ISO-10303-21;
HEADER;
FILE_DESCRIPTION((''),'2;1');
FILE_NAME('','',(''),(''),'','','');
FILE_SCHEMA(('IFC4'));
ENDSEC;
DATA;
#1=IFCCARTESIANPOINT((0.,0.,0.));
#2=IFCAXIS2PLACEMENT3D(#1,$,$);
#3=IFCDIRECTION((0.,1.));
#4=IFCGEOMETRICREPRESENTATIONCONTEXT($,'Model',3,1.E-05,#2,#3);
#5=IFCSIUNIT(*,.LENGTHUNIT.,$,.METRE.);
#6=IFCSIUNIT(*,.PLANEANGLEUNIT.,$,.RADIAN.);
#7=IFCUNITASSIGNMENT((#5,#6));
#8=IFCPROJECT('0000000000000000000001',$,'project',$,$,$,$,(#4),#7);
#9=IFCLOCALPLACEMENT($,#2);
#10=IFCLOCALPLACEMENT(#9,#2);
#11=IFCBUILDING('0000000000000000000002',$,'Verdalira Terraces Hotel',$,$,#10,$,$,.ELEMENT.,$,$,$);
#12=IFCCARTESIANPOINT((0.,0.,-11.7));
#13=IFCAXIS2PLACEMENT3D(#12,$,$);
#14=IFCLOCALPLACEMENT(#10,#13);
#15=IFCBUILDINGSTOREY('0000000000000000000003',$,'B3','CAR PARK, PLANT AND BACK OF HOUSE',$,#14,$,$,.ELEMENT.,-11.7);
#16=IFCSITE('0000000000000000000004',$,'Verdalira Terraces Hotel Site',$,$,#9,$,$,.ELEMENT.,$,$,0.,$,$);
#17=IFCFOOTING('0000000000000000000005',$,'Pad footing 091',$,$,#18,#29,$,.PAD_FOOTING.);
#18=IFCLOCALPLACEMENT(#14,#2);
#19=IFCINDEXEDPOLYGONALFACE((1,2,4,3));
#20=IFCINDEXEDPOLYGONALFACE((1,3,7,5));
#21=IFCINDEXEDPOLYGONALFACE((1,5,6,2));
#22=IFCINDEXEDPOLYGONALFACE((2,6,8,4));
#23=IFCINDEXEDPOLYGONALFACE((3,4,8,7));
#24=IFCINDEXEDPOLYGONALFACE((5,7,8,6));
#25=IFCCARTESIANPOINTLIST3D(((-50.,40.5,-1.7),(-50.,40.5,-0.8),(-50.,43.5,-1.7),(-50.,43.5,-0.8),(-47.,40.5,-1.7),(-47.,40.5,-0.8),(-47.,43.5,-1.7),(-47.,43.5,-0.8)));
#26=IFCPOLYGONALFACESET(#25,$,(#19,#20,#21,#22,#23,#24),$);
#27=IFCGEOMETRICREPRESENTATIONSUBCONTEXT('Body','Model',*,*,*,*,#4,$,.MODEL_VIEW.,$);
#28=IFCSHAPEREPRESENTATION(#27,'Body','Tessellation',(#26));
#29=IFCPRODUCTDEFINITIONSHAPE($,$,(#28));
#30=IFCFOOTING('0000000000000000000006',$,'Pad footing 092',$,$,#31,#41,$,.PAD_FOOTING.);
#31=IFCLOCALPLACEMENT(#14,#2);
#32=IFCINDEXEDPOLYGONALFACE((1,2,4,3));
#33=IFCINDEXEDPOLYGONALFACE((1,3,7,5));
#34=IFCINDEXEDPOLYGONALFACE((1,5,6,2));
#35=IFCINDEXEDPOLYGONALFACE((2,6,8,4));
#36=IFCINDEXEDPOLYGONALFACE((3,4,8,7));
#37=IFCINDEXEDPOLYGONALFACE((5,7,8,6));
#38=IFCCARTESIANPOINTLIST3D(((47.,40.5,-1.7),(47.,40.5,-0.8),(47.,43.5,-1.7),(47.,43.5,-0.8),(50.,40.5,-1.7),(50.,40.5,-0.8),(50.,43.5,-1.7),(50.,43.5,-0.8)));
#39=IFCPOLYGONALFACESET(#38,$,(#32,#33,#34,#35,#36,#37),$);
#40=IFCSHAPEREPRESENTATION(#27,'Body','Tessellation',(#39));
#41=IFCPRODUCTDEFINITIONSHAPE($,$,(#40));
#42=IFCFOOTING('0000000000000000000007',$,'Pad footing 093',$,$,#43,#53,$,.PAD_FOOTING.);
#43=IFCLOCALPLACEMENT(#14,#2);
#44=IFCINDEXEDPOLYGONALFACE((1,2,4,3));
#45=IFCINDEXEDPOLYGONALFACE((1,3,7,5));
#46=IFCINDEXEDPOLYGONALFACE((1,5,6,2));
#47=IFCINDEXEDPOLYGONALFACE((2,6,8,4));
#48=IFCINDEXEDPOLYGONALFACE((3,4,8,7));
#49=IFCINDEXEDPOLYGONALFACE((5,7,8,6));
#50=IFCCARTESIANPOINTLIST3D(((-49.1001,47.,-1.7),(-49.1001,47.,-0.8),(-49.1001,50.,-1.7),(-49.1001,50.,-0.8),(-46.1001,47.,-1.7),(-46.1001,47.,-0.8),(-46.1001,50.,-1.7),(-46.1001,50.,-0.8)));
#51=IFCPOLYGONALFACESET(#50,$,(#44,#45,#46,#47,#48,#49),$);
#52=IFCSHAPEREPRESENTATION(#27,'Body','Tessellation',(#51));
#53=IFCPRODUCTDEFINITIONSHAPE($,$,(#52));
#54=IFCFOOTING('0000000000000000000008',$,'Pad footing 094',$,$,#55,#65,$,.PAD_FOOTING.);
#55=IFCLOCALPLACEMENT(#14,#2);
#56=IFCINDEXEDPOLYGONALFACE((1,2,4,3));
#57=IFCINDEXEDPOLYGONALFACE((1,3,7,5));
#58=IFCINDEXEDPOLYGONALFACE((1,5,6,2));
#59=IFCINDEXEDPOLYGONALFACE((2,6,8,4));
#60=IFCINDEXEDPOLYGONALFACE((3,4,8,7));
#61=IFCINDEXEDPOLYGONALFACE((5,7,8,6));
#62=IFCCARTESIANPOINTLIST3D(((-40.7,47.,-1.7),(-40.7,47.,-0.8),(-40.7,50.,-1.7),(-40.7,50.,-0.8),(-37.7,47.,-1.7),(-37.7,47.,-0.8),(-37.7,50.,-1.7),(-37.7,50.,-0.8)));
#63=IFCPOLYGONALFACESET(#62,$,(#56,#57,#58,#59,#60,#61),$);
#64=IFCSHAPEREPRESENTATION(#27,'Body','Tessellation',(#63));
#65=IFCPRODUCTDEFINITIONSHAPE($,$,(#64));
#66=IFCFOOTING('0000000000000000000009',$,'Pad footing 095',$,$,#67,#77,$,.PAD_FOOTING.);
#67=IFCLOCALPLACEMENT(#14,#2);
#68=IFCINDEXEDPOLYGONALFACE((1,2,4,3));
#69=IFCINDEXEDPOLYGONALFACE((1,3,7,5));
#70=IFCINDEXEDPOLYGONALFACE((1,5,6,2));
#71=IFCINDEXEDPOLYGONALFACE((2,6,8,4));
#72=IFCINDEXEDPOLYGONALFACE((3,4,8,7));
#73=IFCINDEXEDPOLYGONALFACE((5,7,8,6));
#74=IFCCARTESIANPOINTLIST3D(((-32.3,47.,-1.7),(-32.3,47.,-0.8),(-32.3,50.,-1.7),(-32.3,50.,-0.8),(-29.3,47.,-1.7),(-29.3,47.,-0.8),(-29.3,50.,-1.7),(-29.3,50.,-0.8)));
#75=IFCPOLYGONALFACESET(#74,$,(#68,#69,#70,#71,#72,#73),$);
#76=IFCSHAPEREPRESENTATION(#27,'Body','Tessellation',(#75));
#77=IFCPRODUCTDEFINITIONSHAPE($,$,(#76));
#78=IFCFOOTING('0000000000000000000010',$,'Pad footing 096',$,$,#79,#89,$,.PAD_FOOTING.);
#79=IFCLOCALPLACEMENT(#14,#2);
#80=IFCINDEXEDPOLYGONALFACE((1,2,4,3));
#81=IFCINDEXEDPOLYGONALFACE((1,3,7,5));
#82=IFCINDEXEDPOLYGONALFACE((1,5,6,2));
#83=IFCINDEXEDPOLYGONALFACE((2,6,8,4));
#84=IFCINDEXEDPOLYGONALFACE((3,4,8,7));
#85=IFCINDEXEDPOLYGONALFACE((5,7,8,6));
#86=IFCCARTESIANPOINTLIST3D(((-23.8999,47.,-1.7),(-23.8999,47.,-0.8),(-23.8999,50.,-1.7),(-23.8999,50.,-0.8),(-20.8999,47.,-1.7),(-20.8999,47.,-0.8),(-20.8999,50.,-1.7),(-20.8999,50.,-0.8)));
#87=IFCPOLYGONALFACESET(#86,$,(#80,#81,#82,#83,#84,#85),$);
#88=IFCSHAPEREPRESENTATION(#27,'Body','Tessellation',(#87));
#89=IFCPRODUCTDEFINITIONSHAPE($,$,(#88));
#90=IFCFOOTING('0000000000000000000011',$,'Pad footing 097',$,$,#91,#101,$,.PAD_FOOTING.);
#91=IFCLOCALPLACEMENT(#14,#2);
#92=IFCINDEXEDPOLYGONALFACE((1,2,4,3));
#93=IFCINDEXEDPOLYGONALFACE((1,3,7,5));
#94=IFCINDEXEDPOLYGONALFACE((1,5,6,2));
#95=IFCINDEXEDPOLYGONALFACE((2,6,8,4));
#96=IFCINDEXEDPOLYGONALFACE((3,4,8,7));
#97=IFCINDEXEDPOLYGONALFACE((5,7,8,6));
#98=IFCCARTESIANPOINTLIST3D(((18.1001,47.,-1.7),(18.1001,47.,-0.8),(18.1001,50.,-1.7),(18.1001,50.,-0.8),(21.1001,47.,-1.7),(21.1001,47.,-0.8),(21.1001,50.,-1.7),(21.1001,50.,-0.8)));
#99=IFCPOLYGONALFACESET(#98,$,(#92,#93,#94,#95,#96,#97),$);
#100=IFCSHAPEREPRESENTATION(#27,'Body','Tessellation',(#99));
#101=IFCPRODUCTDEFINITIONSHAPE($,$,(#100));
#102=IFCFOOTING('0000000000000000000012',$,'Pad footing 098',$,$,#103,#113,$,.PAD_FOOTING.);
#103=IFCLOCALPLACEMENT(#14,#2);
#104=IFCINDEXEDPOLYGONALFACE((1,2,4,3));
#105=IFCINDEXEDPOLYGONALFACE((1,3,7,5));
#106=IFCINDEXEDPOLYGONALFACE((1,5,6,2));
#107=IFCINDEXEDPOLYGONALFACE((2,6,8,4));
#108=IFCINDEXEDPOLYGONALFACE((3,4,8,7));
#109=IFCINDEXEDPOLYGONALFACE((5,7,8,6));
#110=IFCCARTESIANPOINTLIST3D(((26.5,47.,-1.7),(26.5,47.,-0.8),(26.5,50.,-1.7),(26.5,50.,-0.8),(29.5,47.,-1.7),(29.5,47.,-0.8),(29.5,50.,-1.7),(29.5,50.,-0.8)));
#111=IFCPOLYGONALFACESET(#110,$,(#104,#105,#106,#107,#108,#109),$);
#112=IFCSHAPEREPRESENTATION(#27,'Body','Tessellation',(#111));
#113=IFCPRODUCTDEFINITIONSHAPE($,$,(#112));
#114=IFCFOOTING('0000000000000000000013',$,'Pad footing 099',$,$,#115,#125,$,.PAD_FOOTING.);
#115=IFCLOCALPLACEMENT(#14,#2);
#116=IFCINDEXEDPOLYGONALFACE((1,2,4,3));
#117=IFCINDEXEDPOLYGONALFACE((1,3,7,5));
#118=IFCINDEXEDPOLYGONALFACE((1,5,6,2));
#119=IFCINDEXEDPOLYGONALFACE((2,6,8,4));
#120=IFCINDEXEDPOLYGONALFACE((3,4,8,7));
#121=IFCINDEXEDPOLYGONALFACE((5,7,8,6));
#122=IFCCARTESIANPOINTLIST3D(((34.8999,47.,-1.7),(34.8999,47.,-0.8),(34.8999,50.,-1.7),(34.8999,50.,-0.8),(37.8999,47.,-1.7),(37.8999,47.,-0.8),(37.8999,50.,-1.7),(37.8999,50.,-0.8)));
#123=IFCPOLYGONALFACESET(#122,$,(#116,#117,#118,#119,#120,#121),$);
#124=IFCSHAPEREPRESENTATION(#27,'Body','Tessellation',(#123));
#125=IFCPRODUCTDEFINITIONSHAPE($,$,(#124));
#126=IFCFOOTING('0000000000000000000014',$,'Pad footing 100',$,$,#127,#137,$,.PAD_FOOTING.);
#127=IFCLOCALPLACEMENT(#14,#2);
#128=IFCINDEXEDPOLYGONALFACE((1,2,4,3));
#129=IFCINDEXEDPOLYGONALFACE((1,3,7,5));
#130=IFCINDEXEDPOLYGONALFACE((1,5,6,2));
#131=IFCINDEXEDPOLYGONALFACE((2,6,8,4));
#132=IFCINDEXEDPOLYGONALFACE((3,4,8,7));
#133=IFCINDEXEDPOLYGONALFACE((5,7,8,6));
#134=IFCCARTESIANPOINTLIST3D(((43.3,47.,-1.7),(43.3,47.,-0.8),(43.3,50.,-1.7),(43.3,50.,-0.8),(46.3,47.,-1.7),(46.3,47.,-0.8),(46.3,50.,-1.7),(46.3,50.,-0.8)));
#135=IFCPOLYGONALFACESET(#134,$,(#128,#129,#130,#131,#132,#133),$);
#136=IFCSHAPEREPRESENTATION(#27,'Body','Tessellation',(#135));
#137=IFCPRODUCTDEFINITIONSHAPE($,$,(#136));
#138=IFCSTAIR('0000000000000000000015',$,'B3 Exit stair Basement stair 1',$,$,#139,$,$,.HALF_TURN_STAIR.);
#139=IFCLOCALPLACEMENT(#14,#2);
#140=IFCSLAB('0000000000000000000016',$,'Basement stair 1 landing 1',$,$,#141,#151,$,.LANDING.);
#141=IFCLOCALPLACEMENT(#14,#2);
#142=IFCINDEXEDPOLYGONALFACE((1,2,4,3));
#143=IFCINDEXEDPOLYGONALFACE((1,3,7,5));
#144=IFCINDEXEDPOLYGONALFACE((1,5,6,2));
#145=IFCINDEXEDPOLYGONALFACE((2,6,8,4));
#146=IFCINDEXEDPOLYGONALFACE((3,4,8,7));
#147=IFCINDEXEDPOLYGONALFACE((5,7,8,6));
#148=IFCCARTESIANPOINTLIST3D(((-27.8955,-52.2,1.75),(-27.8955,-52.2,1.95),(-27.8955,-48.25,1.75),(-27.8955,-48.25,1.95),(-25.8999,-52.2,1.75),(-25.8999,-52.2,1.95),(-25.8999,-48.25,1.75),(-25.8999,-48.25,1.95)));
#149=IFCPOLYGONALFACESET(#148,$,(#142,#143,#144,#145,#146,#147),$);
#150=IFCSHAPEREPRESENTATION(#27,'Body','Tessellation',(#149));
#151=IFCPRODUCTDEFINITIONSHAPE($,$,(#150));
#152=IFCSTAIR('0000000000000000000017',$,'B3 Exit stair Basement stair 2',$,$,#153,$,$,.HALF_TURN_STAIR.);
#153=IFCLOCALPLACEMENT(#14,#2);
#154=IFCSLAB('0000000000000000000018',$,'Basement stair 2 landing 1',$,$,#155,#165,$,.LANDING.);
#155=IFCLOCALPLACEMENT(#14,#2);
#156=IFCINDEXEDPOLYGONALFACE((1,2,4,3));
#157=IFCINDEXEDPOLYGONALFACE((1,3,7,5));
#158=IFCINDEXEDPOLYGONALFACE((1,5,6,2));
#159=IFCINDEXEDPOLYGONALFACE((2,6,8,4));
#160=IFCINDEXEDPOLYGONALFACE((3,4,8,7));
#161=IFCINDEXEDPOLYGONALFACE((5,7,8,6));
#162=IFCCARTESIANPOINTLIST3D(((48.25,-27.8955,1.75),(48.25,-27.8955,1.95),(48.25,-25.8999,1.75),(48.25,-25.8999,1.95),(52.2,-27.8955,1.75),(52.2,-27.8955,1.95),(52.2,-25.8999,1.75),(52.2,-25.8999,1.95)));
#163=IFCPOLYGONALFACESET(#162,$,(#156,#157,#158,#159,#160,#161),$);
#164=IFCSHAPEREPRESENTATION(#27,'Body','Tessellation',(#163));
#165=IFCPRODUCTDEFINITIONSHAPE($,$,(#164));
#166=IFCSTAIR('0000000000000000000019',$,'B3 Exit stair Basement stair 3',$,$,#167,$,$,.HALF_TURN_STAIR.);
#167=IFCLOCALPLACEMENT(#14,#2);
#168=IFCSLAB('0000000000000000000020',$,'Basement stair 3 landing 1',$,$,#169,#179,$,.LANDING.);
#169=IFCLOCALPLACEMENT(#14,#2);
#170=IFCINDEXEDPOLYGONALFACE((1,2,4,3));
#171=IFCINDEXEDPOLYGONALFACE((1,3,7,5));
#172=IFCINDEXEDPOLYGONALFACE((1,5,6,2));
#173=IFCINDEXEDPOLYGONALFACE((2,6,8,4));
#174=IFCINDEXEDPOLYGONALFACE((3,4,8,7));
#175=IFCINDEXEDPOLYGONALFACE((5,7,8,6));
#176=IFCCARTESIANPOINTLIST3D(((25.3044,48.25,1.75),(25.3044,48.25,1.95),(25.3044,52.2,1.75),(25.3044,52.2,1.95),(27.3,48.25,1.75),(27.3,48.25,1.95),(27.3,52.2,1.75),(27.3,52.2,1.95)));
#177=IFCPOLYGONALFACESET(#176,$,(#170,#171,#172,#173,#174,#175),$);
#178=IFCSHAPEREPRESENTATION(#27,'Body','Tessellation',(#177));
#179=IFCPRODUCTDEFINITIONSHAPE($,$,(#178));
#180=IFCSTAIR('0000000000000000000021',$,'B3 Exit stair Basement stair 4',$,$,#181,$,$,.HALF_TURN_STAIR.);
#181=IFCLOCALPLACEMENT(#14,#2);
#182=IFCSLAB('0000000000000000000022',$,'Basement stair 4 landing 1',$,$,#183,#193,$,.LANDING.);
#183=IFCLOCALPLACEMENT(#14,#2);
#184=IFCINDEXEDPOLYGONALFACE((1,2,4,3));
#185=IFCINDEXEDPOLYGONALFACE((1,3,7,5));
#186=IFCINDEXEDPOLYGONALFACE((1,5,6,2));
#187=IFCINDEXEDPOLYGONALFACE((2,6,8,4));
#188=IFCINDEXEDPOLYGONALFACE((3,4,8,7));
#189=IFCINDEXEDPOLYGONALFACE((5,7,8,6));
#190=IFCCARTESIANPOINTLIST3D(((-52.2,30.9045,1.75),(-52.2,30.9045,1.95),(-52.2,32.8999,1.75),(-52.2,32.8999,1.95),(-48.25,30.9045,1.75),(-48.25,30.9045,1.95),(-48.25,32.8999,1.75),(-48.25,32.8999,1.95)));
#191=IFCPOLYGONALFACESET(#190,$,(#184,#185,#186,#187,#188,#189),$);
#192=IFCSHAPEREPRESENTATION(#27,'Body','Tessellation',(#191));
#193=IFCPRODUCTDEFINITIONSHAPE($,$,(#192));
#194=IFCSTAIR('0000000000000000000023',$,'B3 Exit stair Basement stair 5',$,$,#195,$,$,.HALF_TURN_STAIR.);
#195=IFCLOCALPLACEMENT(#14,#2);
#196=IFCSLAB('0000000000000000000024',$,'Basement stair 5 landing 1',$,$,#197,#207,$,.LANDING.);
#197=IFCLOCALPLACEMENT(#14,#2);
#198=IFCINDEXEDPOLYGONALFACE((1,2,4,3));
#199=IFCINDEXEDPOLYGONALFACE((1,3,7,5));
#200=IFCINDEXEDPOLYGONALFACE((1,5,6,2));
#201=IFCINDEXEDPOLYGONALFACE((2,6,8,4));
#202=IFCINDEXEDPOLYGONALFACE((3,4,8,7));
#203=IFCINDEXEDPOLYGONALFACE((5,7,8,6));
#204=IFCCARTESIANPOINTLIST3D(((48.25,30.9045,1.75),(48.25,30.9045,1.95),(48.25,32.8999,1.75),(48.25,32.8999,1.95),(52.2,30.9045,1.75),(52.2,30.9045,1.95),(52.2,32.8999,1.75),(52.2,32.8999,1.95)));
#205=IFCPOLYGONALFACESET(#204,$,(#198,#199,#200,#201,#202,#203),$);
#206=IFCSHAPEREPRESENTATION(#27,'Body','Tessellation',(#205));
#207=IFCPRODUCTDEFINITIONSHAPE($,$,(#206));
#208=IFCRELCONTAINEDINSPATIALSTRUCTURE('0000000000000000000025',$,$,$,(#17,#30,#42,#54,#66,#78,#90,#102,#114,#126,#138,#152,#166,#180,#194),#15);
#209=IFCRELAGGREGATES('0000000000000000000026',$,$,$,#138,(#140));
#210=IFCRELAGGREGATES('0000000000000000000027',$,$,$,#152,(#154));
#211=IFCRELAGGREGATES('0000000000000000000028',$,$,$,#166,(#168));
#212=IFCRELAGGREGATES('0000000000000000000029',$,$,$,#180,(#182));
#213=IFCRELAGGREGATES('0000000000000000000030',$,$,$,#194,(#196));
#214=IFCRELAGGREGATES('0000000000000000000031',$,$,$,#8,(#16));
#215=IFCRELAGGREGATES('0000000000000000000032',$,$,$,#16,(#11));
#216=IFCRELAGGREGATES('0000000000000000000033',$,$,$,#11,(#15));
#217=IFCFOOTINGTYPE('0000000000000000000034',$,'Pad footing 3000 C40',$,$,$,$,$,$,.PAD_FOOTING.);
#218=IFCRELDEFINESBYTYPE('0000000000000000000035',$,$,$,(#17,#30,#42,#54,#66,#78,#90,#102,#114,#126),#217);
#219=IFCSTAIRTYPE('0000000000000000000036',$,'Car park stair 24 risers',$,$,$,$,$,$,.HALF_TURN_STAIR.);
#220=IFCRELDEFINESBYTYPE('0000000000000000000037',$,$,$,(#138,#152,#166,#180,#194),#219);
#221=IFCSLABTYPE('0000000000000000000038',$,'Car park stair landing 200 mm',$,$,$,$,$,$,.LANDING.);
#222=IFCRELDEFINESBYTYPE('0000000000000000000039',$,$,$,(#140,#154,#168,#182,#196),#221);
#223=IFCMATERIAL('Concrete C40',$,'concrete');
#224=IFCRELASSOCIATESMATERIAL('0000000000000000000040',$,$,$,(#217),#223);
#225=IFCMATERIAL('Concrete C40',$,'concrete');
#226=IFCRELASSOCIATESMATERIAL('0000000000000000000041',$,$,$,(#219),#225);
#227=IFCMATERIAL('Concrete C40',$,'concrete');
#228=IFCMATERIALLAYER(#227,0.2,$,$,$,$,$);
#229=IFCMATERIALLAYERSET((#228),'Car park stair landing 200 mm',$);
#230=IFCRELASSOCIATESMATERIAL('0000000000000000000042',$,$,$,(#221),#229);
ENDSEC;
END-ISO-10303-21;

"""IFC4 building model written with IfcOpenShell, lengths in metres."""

from ifc_helpers import new_model, si_unit, direction, frame, origin, place, context, subcontext, project, spatial, polyline, outline, extrude, material, layer, layer_set, type_object, element, aggregate, save


model = new_model("IFC4")

# Units and contexts
model_context = context("Model", 3, precision=1e-05, world=origin(), true_north=direction((0.0, 1.0)))
body_context = subcontext(model_context, "Body", "Model", "MODEL_VIEW")
ifc_project = project(units=[si_unit("LENGTHUNIT", "METRE"), si_unit("PLANEANGLEUNIT", "RADIAN")], contexts=[model_context])

# Site, building, storey
site_placement = place(None, origin())
site = spatial("IfcSite", under=ifc_project, at=site_placement, Name="Verdalira Terraces Hotel Site", CompositionType="ELEMENT", RefElevation=0.0)
building_placement = place(site_placement, origin())
building = spatial("IfcBuilding", under=site, at=building_placement, Name="Verdalira Terraces Hotel", CompositionType="ELEMENT")
storey_placement = place(building_placement, frame((0.0, 0.0, -11.7)))
storey = spatial("IfcBuildingStorey", under=building, at=storey_placement, Name="B3", Description="CAR PARK, PLANT AND BACK OF HOUSE", CompositionType="ELEMENT", Elevation=-11.7)

# Footings
ifc_material_1 = material(Name="Concrete C40", Category="concrete")
footing_type = type_object("IfcFootingType", Name="Pad footing 3000 C40", PredefinedType="PAD_FOOTING", material=ifc_material_1)
footing_1_placement = place(storey_placement, frame((0.0, 0.0, -1.7)))
element("IfcFooting", 1, at=footing_1_placement, inside=storey, type_object=footing_type, Name="Pad footing 091", PredefinedType="PAD_FOOTING", context=body_context, shape_type="SweptSolid", body=[
    extrude(outline(polyline([(-47.0, 40.5), (-47.0, 43.5), (-50.0, 43.5), (-50.0, 40.5), (-47.0, 40.5)])), origin(), (0.0, 0.0, 1.0), 0.8999),
])
footing_2_placement = place(storey_placement, frame((0.0, 0.0, -1.7)))
element("IfcFooting", 2, at=footing_2_placement, inside=storey, type_object=footing_type, Name="Pad footing 092", PredefinedType="PAD_FOOTING", context=body_context, shape_type="SweptSolid", body=[
    extrude(outline(polyline([(50.0, 40.5), (50.0, 43.5), (47.0, 43.5), (47.0, 40.5), (50.0, 40.5)])), origin(), (0.0, 0.0, 1.0), 0.8999),
])
footing_3_placement = place(storey_placement, frame((0.0, 0.0, -1.7)))
element("IfcFooting", 3, at=footing_3_placement, inside=storey, type_object=footing_type, Name="Pad footing 093", PredefinedType="PAD_FOOTING", context=body_context, shape_type="SweptSolid", body=[
    extrude(outline(polyline([(-46.1001, 47.0), (-46.1001, 50.0), (-49.1001, 50.0), (-49.1001, 47.0), (-46.1001, 47.0)])), origin(), (0.0, 0.0, 1.0), 0.8999),
])
footing_4_placement = place(storey_placement, frame((0.0, 0.0, -1.7)))
element("IfcFooting", 4, at=footing_4_placement, inside=storey, type_object=footing_type, Name="Pad footing 094", PredefinedType="PAD_FOOTING", context=body_context, shape_type="SweptSolid", body=[
    extrude(outline(polyline([(-37.7, 47.0), (-37.7, 50.0), (-40.7, 50.0), (-40.7, 47.0), (-37.7, 47.0)])), origin(), (0.0, 0.0, 1.0), 0.8999),
])
footing_5_placement = place(storey_placement, frame((0.0, 0.0, -1.7)))
element("IfcFooting", 5, at=footing_5_placement, inside=storey, type_object=footing_type, Name="Pad footing 095", PredefinedType="PAD_FOOTING", context=body_context, shape_type="SweptSolid", body=[
    extrude(outline(polyline([(-29.3, 47.0), (-29.3, 50.0), (-32.3, 50.0), (-32.3, 47.0), (-29.3, 47.0)])), origin(), (0.0, 0.0, 1.0), 0.8999),
])
footing_6_placement = place(storey_placement, frame((0.0, 0.0, -1.7)))
element("IfcFooting", 6, at=footing_6_placement, inside=storey, type_object=footing_type, Name="Pad footing 096", PredefinedType="PAD_FOOTING", context=body_context, shape_type="SweptSolid", body=[
    extrude(outline(polyline([(-20.8999, 47.0), (-20.8999, 50.0), (-23.8999, 50.0), (-23.8999, 47.0), (-20.8999, 47.0)])), origin(), (0.0, 0.0, 1.0), 0.8999),
])
footing_7_placement = place(storey_placement, frame((0.0, 0.0, -1.7)))
element("IfcFooting", 7, at=footing_7_placement, inside=storey, type_object=footing_type, Name="Pad footing 097", PredefinedType="PAD_FOOTING", context=body_context, shape_type="SweptSolid", body=[
    extrude(outline(polyline([(21.1001, 47.0), (21.1001, 50.0), (18.1001, 50.0), (18.1001, 47.0), (21.1001, 47.0)])), origin(), (0.0, 0.0, 1.0), 0.8999),
])
footing_8_placement = place(storey_placement, frame((0.0, 0.0, -1.7)))
element("IfcFooting", 8, at=footing_8_placement, inside=storey, type_object=footing_type, Name="Pad footing 098", PredefinedType="PAD_FOOTING", context=body_context, shape_type="SweptSolid", body=[
    extrude(outline(polyline([(29.5, 47.0), (29.5, 50.0), (26.5, 50.0), (26.5, 47.0), (29.5, 47.0)])), origin(), (0.0, 0.0, 1.0), 0.8999),
])
footing_9_placement = place(storey_placement, frame((0.0, 0.0, -1.7)))
element("IfcFooting", 9, at=footing_9_placement, inside=storey, type_object=footing_type, Name="Pad footing 099", PredefinedType="PAD_FOOTING", context=body_context, shape_type="SweptSolid", body=[
    extrude(outline(polyline([(37.8999, 47.0), (37.8999, 50.0), (34.8999, 50.0), (34.8999, 47.0), (37.8999, 47.0)])), origin(), (0.0, 0.0, 1.0), 0.8999),
])
footing_10_placement = place(storey_placement, frame((0.0, 0.0, -1.7)))
element("IfcFooting", 10, at=footing_10_placement, inside=storey, type_object=footing_type, Name="Pad footing 100", PredefinedType="PAD_FOOTING", context=body_context, shape_type="SweptSolid", body=[
    extrude(outline(polyline([(46.3, 47.0), (46.3, 50.0), (43.3, 50.0), (43.3, 47.0), (46.3, 47.0)])), origin(), (0.0, 0.0, 1.0), 0.8999),
])

# Stairs, slabs
ifc_material_2 = material(Name="Concrete C40", Category="concrete")
stair_type_1 = type_object("IfcStairType", Name="Car park stair 24 risers", PredefinedType="HALF_TURN_STAIR", material=ifc_material_2)
stair_1_placement = place(storey_placement, origin())
stair_1 = element("IfcStair", 11, at=stair_1_placement, inside=storey, type_object=stair_type_1, Name="B3 Exit stair Basement stair 1", PredefinedType="HALF_TURN_STAIR")
ifc_material_3 = material(Name="Concrete C40", Category="concrete")
ifc_layer_1 = layer(ifc_material_3, 0.2)
ifc_layer_set_1 = layer_set([ifc_layer_1], Name="Car park stair landing 200 mm")
slab_type_1 = type_object("IfcSlabType", Name="Car park stair landing 200 mm", PredefinedType="LANDING", material=ifc_layer_set_1)
slab_1_placement = place(storey_placement, frame((0.0, 0.0, 1.75)))
slab_1 = element("IfcSlab", 12, at=slab_1_placement, type_object=slab_type_1, Name="Basement stair 1 landing 1", PredefinedType="LANDING", context=body_context, shape_type="SweptSolid", body=[
    extrude(outline(polyline([(-27.8955, -52.2), (-25.8999, -52.2), (-25.8999, -48.25), (-27.8955, -48.25), (-27.8955, -52.2)])), origin(), (0.0, 0.0, 1.0), 0.2),
])
aggregate(stair_1, [slab_1])
stair_2_placement = place(storey_placement, origin())
stair_2 = element("IfcStair", 13, at=stair_2_placement, inside=storey, type_object=stair_type_1, Name="B3 Exit stair Basement stair 2", PredefinedType="HALF_TURN_STAIR")
slab_2_placement = place(storey_placement, frame((0.0, 0.0, 1.75)))
slab_2 = element("IfcSlab", 14, at=slab_2_placement, type_object=slab_type_1, Name="Basement stair 2 landing 1", PredefinedType="LANDING", context=body_context, shape_type="SweptSolid", body=[
    extrude(outline(polyline([(52.2, -27.8955), (52.2, -25.8999), (48.25, -25.8999), (48.25, -27.8955), (52.2, -27.8955)])), origin(), (0.0, 0.0, 1.0), 0.2),
])
aggregate(stair_2, [slab_2])
stair_3_placement = place(storey_placement, origin())
stair_3 = element("IfcStair", 15, at=stair_3_placement, inside=storey, type_object=stair_type_1, Name="B3 Exit stair Basement stair 3", PredefinedType="HALF_TURN_STAIR")
slab_3_placement = place(storey_placement, frame((0.0, 0.0, 1.75)))
slab_3 = element("IfcSlab", 16, at=slab_3_placement, type_object=slab_type_1, Name="Basement stair 3 landing 1", PredefinedType="LANDING", context=body_context, shape_type="SweptSolid", body=[
    extrude(outline(polyline([(25.3044, 48.25), (27.3, 48.25), (27.3, 52.2), (25.3044, 52.2), (25.3044, 48.25)])), origin(), (0.0, 0.0, 1.0), 0.2),
])
aggregate(stair_3, [slab_3])
stair_4_placement = place(storey_placement, origin())
stair_4 = element("IfcStair", 17, at=stair_4_placement, inside=storey, type_object=stair_type_1, Name="B3 Exit stair Basement stair 4", PredefinedType="HALF_TURN_STAIR")
slab_4_placement = place(storey_placement, frame((0.0, 0.0, 1.75)))
slab_4 = element("IfcSlab", 18, at=slab_4_placement, type_object=slab_type_1, Name="Basement stair 4 landing 1", PredefinedType="LANDING", context=body_context, shape_type="SweptSolid", body=[
    extrude(outline(polyline([(-48.25, 30.9045), (-48.25, 32.8999), (-52.2, 32.8999), (-52.2, 30.9045), (-48.25, 30.9045)])), origin(), (0.0, 0.0, 1.0), 0.2),
])
aggregate(stair_4, [slab_4])
stair_5_placement = place(storey_placement, origin())
stair_5 = element("IfcStair", 19, at=stair_5_placement, inside=storey, type_object=stair_type_1, Name="B3 Exit stair Basement stair 5", PredefinedType="HALF_TURN_STAIR")
slab_5_placement = place(storey_placement, frame((0.0, 0.0, 1.75)))
slab_5 = element("IfcSlab", 20, at=slab_5_placement, type_object=slab_type_1, Name="Basement stair 5 landing 1", PredefinedType="LANDING", context=body_context, shape_type="SweptSolid", body=[
    extrude(outline(polyline([(52.2, 30.9045), (52.2, 32.8999), (48.25, 32.8999), (48.25, 30.9045), (52.2, 30.9045)])), origin(), (0.0, 0.0, 1.0), 0.2),
])
aggregate(stair_5, [slab_5])

save(model, "model.ifc")
